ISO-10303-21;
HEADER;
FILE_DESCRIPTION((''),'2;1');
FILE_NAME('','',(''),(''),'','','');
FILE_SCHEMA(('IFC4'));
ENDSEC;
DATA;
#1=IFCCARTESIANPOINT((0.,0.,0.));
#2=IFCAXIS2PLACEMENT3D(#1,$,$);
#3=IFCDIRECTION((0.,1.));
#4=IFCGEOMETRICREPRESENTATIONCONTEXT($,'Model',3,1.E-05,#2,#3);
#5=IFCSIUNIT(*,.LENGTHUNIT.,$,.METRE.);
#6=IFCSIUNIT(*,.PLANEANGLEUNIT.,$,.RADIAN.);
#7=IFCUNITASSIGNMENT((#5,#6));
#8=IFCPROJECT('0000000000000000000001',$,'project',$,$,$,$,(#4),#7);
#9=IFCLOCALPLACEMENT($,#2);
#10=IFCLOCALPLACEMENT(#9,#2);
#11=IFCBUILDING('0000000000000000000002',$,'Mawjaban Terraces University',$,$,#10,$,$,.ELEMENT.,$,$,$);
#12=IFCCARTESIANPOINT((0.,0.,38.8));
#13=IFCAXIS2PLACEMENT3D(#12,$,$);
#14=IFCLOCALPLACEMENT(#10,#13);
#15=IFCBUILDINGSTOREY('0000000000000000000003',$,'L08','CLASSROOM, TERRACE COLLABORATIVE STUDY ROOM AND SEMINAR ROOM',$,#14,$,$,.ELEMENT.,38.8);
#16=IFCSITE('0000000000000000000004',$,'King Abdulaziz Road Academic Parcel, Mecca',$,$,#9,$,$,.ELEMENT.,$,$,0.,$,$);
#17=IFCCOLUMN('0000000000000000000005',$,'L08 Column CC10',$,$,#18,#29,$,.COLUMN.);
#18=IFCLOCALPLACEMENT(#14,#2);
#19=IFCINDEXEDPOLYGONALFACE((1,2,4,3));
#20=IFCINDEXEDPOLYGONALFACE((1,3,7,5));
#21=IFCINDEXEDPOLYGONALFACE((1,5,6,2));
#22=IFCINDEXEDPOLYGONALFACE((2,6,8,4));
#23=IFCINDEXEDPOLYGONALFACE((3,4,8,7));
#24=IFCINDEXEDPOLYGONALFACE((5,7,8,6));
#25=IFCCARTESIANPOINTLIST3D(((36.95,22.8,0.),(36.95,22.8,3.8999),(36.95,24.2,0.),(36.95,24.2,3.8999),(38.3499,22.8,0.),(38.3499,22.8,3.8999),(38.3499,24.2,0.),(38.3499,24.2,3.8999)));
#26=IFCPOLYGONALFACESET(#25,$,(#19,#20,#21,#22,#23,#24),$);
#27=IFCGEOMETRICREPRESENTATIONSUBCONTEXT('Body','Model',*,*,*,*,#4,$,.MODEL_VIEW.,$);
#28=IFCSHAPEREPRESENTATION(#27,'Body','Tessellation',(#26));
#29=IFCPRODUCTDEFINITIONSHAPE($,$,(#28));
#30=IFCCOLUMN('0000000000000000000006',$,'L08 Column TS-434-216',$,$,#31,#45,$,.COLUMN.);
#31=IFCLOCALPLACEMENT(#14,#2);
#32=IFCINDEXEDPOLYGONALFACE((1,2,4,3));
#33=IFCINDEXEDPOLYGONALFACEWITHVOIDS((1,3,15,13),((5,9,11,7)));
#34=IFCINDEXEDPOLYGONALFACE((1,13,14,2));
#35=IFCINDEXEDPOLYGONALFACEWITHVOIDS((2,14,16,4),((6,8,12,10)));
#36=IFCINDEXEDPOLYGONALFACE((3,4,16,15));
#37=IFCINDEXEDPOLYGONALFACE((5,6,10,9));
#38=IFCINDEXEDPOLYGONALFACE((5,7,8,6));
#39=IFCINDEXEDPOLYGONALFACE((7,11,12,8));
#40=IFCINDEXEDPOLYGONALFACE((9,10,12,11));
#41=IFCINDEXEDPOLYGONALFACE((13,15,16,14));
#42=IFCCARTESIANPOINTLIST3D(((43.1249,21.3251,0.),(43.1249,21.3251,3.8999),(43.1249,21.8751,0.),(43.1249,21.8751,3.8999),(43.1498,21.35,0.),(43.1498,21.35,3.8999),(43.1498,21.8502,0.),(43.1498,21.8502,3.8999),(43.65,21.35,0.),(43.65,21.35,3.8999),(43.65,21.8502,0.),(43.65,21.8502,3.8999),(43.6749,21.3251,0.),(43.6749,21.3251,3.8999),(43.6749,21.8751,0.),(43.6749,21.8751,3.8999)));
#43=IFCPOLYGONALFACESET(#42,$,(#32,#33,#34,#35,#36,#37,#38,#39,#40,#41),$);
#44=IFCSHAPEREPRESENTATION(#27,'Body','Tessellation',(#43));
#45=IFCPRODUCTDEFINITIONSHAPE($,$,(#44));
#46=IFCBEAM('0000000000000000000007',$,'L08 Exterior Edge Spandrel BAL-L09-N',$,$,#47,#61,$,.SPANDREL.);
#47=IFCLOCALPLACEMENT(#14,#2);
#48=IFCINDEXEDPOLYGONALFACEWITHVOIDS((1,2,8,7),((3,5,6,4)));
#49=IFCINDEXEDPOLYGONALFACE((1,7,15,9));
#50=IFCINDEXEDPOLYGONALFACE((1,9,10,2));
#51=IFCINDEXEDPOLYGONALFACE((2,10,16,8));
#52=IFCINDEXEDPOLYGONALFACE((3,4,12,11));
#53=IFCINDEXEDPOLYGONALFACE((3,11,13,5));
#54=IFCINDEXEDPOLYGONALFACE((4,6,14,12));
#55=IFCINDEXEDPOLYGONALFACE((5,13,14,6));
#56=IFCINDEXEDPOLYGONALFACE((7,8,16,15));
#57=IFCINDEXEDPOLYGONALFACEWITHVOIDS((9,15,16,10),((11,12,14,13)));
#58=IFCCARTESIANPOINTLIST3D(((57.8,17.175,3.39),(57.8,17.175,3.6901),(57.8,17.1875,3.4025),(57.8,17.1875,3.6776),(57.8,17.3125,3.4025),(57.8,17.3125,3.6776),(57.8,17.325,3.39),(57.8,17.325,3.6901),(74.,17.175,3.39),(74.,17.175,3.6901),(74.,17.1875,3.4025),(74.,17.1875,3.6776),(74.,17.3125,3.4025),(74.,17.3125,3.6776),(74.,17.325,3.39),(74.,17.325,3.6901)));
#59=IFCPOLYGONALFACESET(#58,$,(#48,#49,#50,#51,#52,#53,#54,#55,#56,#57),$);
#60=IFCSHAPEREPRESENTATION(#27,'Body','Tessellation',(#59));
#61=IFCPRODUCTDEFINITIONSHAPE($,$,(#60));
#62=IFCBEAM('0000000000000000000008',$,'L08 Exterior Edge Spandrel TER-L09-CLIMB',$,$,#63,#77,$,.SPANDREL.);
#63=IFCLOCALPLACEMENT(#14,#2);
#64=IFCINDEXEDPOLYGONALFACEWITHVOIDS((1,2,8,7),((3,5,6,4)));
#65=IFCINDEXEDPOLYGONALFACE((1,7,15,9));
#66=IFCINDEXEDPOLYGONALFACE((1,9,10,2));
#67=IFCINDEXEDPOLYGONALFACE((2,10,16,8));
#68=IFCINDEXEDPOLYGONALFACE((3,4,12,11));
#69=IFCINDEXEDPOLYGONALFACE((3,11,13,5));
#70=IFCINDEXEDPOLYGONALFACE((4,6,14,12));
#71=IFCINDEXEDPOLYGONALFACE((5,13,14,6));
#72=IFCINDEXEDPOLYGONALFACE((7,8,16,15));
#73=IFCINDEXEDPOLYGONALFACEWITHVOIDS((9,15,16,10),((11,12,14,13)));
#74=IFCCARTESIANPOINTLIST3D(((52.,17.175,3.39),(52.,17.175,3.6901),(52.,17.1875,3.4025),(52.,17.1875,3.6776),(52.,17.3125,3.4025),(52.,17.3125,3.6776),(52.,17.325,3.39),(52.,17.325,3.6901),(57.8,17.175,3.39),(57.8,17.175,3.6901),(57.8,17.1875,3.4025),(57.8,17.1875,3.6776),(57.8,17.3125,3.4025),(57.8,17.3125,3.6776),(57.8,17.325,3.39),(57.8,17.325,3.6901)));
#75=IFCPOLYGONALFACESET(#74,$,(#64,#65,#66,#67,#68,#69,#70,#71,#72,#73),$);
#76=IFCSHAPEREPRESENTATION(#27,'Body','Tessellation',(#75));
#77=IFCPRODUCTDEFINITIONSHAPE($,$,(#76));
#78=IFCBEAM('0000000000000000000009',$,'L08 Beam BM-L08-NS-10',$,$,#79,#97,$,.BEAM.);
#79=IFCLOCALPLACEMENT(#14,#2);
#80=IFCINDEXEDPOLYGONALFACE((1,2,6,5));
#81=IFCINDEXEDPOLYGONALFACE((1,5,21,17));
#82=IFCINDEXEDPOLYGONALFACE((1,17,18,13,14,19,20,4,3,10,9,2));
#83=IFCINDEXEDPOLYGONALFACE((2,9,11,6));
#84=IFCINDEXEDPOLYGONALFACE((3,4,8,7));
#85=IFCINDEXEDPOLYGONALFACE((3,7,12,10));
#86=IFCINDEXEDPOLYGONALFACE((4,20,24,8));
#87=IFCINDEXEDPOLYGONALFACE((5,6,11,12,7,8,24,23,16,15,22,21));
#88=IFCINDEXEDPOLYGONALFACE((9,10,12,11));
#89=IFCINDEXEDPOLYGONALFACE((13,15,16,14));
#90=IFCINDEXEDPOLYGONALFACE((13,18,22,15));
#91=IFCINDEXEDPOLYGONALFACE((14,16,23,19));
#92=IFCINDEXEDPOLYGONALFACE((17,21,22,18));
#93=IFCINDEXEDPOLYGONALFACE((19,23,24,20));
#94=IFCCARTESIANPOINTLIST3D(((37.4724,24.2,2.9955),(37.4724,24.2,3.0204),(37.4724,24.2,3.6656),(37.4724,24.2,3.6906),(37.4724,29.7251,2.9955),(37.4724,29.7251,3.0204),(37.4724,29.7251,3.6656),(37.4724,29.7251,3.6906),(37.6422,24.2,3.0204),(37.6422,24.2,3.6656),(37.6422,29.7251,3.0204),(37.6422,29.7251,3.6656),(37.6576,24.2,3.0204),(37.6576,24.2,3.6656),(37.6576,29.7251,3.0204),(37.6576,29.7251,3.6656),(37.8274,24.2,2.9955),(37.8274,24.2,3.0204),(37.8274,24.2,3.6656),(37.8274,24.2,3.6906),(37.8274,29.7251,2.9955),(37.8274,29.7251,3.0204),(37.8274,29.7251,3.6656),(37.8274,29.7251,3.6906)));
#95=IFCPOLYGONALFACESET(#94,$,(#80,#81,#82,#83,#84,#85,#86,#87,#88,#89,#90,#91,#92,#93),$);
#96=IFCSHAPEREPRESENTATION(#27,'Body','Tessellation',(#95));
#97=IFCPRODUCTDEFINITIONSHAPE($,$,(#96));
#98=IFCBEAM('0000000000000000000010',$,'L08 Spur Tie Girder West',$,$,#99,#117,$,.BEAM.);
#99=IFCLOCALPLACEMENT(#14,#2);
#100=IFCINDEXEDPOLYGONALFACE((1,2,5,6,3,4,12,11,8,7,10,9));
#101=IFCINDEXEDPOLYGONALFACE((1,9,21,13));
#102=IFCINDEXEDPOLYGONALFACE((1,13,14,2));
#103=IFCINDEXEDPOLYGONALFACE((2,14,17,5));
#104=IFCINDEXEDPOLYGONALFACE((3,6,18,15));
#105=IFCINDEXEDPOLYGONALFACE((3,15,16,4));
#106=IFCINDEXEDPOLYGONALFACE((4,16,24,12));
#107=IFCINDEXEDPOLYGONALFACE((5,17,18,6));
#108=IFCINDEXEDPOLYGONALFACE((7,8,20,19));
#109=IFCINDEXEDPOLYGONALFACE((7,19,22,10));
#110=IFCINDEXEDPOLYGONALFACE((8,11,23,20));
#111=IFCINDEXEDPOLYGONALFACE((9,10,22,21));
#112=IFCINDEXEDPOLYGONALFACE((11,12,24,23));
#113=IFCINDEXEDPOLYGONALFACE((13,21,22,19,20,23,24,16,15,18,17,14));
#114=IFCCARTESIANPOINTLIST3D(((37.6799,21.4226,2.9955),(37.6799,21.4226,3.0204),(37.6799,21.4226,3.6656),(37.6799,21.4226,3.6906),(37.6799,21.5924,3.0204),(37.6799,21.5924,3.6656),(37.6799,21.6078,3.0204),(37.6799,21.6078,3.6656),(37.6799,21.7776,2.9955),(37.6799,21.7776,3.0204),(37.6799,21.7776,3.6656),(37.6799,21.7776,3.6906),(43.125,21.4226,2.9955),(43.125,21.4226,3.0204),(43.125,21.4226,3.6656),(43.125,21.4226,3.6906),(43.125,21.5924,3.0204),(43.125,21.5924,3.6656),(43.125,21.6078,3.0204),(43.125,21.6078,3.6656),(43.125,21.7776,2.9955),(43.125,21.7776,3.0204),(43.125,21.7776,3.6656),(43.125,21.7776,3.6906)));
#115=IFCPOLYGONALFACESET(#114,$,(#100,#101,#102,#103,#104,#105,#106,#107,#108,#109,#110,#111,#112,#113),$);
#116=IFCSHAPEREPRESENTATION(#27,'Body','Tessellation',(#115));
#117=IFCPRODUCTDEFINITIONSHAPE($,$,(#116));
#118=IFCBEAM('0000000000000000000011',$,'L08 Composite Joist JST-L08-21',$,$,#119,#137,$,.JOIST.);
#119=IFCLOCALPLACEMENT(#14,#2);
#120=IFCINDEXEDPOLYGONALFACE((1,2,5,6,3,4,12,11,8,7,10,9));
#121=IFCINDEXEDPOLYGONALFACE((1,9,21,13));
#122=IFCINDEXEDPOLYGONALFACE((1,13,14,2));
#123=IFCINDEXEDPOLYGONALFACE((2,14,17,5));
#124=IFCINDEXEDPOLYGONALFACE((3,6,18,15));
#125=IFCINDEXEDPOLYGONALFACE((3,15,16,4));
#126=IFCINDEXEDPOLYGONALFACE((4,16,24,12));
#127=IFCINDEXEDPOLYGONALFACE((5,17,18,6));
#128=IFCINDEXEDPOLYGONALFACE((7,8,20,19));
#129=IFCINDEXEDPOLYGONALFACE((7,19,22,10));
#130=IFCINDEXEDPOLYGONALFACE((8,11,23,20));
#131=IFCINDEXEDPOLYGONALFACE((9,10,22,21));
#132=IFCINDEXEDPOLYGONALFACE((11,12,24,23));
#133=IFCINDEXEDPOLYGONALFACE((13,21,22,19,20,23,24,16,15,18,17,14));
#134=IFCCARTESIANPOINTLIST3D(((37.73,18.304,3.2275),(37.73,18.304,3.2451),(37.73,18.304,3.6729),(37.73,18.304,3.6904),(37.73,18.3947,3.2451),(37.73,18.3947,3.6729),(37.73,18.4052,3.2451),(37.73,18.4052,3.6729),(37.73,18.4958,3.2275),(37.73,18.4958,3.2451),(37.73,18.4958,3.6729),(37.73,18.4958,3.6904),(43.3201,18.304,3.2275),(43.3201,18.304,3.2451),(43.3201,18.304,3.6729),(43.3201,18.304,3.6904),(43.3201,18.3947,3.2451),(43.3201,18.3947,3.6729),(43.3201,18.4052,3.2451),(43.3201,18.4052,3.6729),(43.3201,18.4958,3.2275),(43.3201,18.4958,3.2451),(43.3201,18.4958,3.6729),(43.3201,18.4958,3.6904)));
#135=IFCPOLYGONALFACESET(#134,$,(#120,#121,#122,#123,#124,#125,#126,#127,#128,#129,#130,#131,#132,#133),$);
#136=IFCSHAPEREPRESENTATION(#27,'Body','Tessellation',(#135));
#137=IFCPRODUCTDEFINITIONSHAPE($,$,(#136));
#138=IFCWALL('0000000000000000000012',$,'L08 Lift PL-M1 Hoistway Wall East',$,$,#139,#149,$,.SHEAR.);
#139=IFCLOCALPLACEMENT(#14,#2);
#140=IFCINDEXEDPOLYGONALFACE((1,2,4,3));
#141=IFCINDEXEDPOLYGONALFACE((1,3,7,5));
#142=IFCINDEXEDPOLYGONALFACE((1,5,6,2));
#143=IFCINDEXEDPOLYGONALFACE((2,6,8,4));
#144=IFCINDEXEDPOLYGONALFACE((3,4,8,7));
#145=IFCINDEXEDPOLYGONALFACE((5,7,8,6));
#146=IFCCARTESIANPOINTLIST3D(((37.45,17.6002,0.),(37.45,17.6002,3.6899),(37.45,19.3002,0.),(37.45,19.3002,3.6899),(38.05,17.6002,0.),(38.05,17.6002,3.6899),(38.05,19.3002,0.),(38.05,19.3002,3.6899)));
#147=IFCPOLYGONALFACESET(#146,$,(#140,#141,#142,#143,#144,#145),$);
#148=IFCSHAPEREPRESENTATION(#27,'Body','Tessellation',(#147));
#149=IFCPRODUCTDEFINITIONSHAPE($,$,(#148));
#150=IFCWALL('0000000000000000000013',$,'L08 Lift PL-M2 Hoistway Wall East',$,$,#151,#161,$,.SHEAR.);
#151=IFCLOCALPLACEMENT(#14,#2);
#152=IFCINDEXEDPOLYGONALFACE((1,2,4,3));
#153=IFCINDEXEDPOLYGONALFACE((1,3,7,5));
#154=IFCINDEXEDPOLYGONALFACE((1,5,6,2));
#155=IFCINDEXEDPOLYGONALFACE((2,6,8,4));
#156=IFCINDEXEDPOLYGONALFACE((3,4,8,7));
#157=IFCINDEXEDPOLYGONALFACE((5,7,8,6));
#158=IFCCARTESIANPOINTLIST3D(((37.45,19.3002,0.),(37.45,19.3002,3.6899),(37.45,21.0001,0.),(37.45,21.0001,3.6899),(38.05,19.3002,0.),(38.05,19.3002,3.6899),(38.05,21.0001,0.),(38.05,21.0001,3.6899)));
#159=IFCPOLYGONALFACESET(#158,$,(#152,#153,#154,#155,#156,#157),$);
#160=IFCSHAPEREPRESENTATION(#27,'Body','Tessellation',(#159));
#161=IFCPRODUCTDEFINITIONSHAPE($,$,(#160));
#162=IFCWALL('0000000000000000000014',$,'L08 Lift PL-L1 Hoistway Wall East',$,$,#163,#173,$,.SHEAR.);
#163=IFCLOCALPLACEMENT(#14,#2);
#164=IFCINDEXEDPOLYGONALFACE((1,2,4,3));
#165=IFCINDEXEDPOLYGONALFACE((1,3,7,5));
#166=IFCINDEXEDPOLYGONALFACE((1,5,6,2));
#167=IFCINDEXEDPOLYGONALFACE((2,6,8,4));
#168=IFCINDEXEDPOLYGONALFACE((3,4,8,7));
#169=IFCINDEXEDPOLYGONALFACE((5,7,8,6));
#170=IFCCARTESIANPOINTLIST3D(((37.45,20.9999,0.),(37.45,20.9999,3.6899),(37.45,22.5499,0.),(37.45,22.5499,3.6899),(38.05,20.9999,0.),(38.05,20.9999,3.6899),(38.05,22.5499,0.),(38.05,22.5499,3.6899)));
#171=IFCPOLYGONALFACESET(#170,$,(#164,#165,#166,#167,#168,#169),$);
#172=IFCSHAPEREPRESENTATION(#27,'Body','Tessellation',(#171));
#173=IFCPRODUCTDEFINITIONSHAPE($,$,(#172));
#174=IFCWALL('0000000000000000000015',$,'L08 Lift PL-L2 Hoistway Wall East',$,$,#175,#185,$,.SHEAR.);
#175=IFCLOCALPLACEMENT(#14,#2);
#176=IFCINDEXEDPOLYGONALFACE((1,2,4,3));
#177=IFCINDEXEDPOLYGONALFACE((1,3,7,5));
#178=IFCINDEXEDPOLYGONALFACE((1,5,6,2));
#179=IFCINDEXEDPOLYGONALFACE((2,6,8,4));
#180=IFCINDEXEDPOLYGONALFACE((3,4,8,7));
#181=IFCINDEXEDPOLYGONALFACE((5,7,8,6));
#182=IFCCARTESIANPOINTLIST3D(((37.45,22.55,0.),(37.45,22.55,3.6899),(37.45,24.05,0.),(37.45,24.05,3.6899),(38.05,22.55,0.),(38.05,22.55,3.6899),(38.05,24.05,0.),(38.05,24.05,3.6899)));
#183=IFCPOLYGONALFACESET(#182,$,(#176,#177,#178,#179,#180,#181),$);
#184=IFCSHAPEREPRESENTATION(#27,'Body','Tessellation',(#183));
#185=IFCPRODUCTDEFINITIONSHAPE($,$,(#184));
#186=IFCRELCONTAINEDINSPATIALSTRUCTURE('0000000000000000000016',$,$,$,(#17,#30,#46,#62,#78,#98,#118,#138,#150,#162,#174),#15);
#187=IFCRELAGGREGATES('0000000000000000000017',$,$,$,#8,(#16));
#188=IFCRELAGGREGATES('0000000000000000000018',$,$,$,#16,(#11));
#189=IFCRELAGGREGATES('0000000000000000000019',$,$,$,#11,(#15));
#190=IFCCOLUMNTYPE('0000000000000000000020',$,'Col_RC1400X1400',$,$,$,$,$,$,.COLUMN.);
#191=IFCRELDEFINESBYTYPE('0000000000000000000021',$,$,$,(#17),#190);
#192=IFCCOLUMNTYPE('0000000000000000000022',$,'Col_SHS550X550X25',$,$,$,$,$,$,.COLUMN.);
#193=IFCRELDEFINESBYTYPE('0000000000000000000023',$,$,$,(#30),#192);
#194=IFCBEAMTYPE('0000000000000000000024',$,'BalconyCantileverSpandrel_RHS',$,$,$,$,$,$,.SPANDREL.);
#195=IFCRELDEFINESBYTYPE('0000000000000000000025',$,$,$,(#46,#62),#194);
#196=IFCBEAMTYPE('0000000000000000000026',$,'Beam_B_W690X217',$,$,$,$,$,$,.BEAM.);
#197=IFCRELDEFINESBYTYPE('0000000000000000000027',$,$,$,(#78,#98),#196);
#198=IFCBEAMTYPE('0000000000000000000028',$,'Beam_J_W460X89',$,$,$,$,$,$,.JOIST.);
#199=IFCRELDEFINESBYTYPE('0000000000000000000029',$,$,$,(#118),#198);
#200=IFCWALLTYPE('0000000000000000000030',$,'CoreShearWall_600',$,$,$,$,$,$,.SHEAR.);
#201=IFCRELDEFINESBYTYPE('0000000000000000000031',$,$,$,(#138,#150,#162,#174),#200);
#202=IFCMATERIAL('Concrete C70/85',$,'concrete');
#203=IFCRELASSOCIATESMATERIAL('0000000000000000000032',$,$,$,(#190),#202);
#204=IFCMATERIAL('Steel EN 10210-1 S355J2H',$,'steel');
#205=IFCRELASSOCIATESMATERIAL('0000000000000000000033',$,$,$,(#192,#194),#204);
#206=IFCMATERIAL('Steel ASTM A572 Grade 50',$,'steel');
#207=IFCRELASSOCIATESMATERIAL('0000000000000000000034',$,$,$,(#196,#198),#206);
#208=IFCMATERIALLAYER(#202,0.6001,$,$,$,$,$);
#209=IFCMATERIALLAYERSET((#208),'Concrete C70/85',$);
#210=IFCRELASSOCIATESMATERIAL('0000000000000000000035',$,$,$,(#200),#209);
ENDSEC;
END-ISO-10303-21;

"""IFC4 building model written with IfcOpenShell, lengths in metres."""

from ifc_helpers import new_model, si_unit, direction, frame, frame_2d, origin, origin_2d, place, context, subcontext, project, spatial, rectangle, hollow_rectangle, i_section, extrude, material, layer, layer_set, material_profile, profile_set, type_object, element, save


model = new_model("IFC4")

# Units and contexts
model_context = context("Model", 3, precision=1e-05, world=origin(), true_north=direction((0.0, 1.0)))
body_context = subcontext(model_context, "Body", "Model", "MODEL_VIEW")
ifc_project = project(units=[si_unit("LENGTHUNIT", "METRE"), si_unit("PLANEANGLEUNIT", "RADIAN")], contexts=[model_context])

# Site, building, storey
site_placement = place(None, origin())
site = spatial("IfcSite", under=ifc_project, at=site_placement, Name="King Abdulaziz Road Academic Parcel, Mecca", CompositionType="ELEMENT", RefElevation=0.0)
building_placement = place(site_placement, origin())
building = spatial("IfcBuilding", under=site, at=building_placement, Name="Mawjaban Terraces University", CompositionType="ELEMENT")
storey_placement = place(building_placement, frame((0.0, 0.0, 38.8)))
storey = spatial("IfcBuildingStorey", under=building, at=storey_placement, Name="L08", Description="CLASSROOM, TERRACE COLLABORATIVE STUDY ROOM AND SEMINAR ROOM", CompositionType="ELEMENT", Elevation=38.8)

# Columns
ifc_material_1 = material(Name="Concrete C70/85", Category="concrete")
ifc_material_profile_1 = material_profile(ifc_material_1, rectangle(XDim=1.3999, YDim=1.3999, at=origin_2d()), Name="RC1400X1400")
ifc_profile_set_1 = profile_set([ifc_material_profile_1], Name="Concrete C70/85")
column_type_1 = type_object("IfcColumnType", Name="Col_RC1400X1400", PredefinedType="COLUMN", material=ifc_profile_set_1)
column_1_placement = place(storey_placement, frame((37.6499, 23.5, 0.0), z_axis=(0.0, 0.0, 1.0), x_axis=(1.0, 0.0, 0.0)))
element("IfcColumn", 1, at=column_1_placement, inside=storey, type_object=column_type_1, Name="L08 Column CC10", PredefinedType="COLUMN", context=body_context, shape_type="SweptSolid", body=[
    extrude(rectangle(XDim=1.3999, YDim=1.3999, at=origin_2d()), origin(), (0.0, 0.0, 1.0), 3.8999),
])
ifc_material_2 = material(Name="Steel EN 10210-1 S355J2H", Category="steel")
ifc_material_profile_2 = material_profile(ifc_material_2, hollow_rectangle(XDim=0.55, YDim=0.55, WallThickness=0.0249, at=origin_2d()), Name="SHS550X550X25")
ifc_profile_set_2 = profile_set([ifc_material_profile_2], Name="Steel EN 10210-1 S355J2H")
column_type_2 = type_object("IfcColumnType", Name="Col_SHS550X550X25", PredefinedType="COLUMN", material=ifc_profile_set_2)
column_2_placement = place(storey_placement, frame((43.3999, 21.6001, 0.0), z_axis=(0.0, 0.0, 1.0), x_axis=(1.0, 0.0, 0.0)))
element("IfcColumn", 2, at=column_2_placement, inside=storey, type_object=column_type_2, Name="L08 Column TS-434-216", PredefinedType="COLUMN", context=body_context, shape_type="SweptSolid", body=[
    extrude(hollow_rectangle(XDim=0.55, YDim=0.55, WallThickness=0.0249, at=origin_2d()), origin(), (0.0, 0.0, 1.0), 3.8999),
])

# Beams
ifc_material_profile_3 = material_profile(ifc_material_2, hollow_rectangle(XDim=0.1499, YDim=0.3, WallThickness=0.0125, at=origin_2d()), Name="RHS300X150X12.5")
ifc_profile_set_3 = profile_set([ifc_material_profile_3], Name="Steel EN 10210-1 S355J2H")
beam_type_1 = type_object("IfcBeamType", Name="BalconyCantileverSpandrel_RHS", PredefinedType="SPANDREL", material=ifc_profile_set_3)
beam_1_placement = place(storey_placement, frame((57.8, 17.25, 3.54), z_axis=(1.0, 0.0, 0.0), x_axis=(0.0, 1.0, 0.0)))
element("IfcBeam", 3, at=beam_1_placement, inside=storey, type_object=beam_type_1, Name="L08 Exterior Edge Spandrel BAL-L09-N", PredefinedType="SPANDREL", context=body_context, shape_type="SweptSolid", body=[
    extrude(hollow_rectangle(XDim=0.1499, YDim=0.3, WallThickness=0.0125, at=origin_2d()), origin(), (0.0, 0.0, 1.0), 16.2),
])
beam_2_placement = place(storey_placement, frame((52.0, 17.25, 3.54), z_axis=(1.0, 0.0, 0.0), x_axis=(0.0, 1.0, 0.0)))
element("IfcBeam", 4, at=beam_2_placement, inside=storey, type_object=beam_type_1, Name="L08 Exterior Edge Spandrel TER-L09-CLIMB", PredefinedType="SPANDREL", context=body_context, shape_type="SweptSolid", body=[
    extrude(hollow_rectangle(XDim=0.1499, YDim=0.3, WallThickness=0.0125, at=origin_2d()), origin(), (0.0, 0.0, 1.0), 5.8),
])
ifc_material_3 = material(Name="Steel ASTM A572 Grade 50", Category="steel")
ifc_material_profile_4 = material_profile(ifc_material_3, i_section(OverallWidth=0.355, OverallDepth=0.6951, WebThickness=0.0154, FlangeThickness=0.0249, at=origin_2d()), Name="W690X217")
ifc_profile_set_4 = profile_set([ifc_material_profile_4], Name="Steel ASTM A572 Grade 50")
beam_type_2 = type_object("IfcBeamType", Name="Beam_B_W690X217", PredefinedType="BEAM", material=ifc_profile_set_4)
beam_3_placement = place(storey_placement, frame((37.6499, 24.2, 3.343), z_axis=(0.0, 1.0, 0.0), x_axis=(-1.0, 0.0, 0.0)))
element("IfcBeam", 5, at=beam_3_placement, inside=storey, type_object=beam_type_2, Name="L08 Beam BM-L08-NS-10", PredefinedType="BEAM", context=body_context, shape_type="SweptSolid", body=[
    extrude(i_section(OverallWidth=0.355, OverallDepth=0.6951, WebThickness=0.0154, FlangeThickness=0.0249, at=origin_2d()), origin(), (0.0, 0.0, 1.0), 5.5251),
])
beam_4_placement = place(storey_placement, frame((37.6799, 21.6001, 3.343), z_axis=(1.0, 0.0, 0.0), x_axis=(0.0, 1.0, 0.0)))
element("IfcBeam", 6, at=beam_4_placement, inside=storey, type_object=beam_type_2, Name="L08 Spur Tie Girder West", PredefinedType="BEAM", context=body_context, shape_type="SweptSolid", body=[
    extrude(i_section(OverallWidth=0.355, OverallDepth=0.6951, WebThickness=0.0154, FlangeThickness=0.0249, at=origin_2d()), origin(), (0.0, 0.0, 1.0), 5.4451),
])
ifc_material_profile_5 = material_profile(ifc_material_3, i_section(OverallWidth=0.1919, OverallDepth=0.4629, WebThickness=0.0105, FlangeThickness=0.0176, at=origin_2d()), Name="W460X89")
ifc_profile_set_5 = profile_set([ifc_material_profile_5], Name="Steel ASTM A572 Grade 50")
beam_type_3 = type_object("IfcBeamType", Name="Beam_J_W460X89", PredefinedType="JOIST", material=ifc_profile_set_5)
beam_5_placement = place(storey_placement, frame((37.73, 18.3999, 3.459), z_axis=(1.0, 0.0, 0.0), x_axis=(0.0, 1.0, 0.0)))
element("IfcBeam", 7, at=beam_5_placement, inside=storey, type_object=beam_type_3, Name="L08 Composite Joist JST-L08-21", PredefinedType="JOIST", context=body_context, shape_type="SweptSolid", body=[
    extrude(i_section(OverallWidth=0.1919, OverallDepth=0.4629, WebThickness=0.0105, FlangeThickness=0.0176, at=origin_2d()), origin(), (0.0, 0.0, 1.0), 5.5901),
])

# Walls
ifc_layer_1 = layer(ifc_material_1, 0.6001)
ifc_layer_set_1 = layer_set([ifc_layer_1], Name="Concrete C70/85")
wall_type_1 = type_object("IfcWallType", Name="CoreShearWall_600", PredefinedType="SHEAR", material=ifc_layer_set_1)
for number, where, z_axis, x_axis, name in (
    (8, (37.75, 17.6001, 0.0), (0.0, 0.0, 1.0), (0.0, 1.0, 0.0), "L08 Lift PL-M1 Hoistway Wall East"),
    (9, (37.75, 19.3, 0.0), (0.0, 0.0, 1.0), (0.0, 1.0, 0.0), "L08 Lift PL-M2 Hoistway Wall East"),
):
    element("IfcWall", number, at=place(storey_placement, frame(where, z_axis=z_axis, x_axis=x_axis)), inside=storey, type_object=wall_type_1, Name=name, PredefinedType="SHEAR", context=body_context, shape_type="SweptSolid", body=[
        extrude(rectangle(XDim=1.7, YDim=0.6001, at=frame_2d((0.8501, 0.0))), origin(), (0.0, 0.0, 1.0), 3.6899),
    ])
wall_1_placement = place(storey_placement, frame((37.75, 21.0, 0.0), z_axis=(0.0, 0.0, 1.0), x_axis=(0.0, 1.0, 0.0)))
element("IfcWall", 10, at=wall_1_placement, inside=storey, type_object=wall_type_1, Name="L08 Lift PL-L1 Hoistway Wall East", PredefinedType="SHEAR", context=body_context, shape_type="SweptSolid", body=[
    extrude(rectangle(XDim=1.55, YDim=0.6001, at=frame_2d((0.7749, 0.0))), origin(), (0.0, 0.0, 1.0), 3.6899),
])
wall_2_placement = place(storey_placement, frame((37.75, 22.55, 0.0), z_axis=(0.0, 0.0, 1.0), x_axis=(0.0, 1.0, 0.0)))
element("IfcWall", 11, at=wall_2_placement, inside=storey, type_object=wall_type_1, Name="L08 Lift PL-L2 Hoistway Wall East", PredefinedType="SHEAR", context=body_context, shape_type="SweptSolid", body=[
    extrude(rectangle(XDim=1.5, YDim=0.6001, at=frame_2d((0.75, 0.0))), origin(), (0.0, 0.0, 1.0), 3.6899),
])

save(model, "model.ifc")
